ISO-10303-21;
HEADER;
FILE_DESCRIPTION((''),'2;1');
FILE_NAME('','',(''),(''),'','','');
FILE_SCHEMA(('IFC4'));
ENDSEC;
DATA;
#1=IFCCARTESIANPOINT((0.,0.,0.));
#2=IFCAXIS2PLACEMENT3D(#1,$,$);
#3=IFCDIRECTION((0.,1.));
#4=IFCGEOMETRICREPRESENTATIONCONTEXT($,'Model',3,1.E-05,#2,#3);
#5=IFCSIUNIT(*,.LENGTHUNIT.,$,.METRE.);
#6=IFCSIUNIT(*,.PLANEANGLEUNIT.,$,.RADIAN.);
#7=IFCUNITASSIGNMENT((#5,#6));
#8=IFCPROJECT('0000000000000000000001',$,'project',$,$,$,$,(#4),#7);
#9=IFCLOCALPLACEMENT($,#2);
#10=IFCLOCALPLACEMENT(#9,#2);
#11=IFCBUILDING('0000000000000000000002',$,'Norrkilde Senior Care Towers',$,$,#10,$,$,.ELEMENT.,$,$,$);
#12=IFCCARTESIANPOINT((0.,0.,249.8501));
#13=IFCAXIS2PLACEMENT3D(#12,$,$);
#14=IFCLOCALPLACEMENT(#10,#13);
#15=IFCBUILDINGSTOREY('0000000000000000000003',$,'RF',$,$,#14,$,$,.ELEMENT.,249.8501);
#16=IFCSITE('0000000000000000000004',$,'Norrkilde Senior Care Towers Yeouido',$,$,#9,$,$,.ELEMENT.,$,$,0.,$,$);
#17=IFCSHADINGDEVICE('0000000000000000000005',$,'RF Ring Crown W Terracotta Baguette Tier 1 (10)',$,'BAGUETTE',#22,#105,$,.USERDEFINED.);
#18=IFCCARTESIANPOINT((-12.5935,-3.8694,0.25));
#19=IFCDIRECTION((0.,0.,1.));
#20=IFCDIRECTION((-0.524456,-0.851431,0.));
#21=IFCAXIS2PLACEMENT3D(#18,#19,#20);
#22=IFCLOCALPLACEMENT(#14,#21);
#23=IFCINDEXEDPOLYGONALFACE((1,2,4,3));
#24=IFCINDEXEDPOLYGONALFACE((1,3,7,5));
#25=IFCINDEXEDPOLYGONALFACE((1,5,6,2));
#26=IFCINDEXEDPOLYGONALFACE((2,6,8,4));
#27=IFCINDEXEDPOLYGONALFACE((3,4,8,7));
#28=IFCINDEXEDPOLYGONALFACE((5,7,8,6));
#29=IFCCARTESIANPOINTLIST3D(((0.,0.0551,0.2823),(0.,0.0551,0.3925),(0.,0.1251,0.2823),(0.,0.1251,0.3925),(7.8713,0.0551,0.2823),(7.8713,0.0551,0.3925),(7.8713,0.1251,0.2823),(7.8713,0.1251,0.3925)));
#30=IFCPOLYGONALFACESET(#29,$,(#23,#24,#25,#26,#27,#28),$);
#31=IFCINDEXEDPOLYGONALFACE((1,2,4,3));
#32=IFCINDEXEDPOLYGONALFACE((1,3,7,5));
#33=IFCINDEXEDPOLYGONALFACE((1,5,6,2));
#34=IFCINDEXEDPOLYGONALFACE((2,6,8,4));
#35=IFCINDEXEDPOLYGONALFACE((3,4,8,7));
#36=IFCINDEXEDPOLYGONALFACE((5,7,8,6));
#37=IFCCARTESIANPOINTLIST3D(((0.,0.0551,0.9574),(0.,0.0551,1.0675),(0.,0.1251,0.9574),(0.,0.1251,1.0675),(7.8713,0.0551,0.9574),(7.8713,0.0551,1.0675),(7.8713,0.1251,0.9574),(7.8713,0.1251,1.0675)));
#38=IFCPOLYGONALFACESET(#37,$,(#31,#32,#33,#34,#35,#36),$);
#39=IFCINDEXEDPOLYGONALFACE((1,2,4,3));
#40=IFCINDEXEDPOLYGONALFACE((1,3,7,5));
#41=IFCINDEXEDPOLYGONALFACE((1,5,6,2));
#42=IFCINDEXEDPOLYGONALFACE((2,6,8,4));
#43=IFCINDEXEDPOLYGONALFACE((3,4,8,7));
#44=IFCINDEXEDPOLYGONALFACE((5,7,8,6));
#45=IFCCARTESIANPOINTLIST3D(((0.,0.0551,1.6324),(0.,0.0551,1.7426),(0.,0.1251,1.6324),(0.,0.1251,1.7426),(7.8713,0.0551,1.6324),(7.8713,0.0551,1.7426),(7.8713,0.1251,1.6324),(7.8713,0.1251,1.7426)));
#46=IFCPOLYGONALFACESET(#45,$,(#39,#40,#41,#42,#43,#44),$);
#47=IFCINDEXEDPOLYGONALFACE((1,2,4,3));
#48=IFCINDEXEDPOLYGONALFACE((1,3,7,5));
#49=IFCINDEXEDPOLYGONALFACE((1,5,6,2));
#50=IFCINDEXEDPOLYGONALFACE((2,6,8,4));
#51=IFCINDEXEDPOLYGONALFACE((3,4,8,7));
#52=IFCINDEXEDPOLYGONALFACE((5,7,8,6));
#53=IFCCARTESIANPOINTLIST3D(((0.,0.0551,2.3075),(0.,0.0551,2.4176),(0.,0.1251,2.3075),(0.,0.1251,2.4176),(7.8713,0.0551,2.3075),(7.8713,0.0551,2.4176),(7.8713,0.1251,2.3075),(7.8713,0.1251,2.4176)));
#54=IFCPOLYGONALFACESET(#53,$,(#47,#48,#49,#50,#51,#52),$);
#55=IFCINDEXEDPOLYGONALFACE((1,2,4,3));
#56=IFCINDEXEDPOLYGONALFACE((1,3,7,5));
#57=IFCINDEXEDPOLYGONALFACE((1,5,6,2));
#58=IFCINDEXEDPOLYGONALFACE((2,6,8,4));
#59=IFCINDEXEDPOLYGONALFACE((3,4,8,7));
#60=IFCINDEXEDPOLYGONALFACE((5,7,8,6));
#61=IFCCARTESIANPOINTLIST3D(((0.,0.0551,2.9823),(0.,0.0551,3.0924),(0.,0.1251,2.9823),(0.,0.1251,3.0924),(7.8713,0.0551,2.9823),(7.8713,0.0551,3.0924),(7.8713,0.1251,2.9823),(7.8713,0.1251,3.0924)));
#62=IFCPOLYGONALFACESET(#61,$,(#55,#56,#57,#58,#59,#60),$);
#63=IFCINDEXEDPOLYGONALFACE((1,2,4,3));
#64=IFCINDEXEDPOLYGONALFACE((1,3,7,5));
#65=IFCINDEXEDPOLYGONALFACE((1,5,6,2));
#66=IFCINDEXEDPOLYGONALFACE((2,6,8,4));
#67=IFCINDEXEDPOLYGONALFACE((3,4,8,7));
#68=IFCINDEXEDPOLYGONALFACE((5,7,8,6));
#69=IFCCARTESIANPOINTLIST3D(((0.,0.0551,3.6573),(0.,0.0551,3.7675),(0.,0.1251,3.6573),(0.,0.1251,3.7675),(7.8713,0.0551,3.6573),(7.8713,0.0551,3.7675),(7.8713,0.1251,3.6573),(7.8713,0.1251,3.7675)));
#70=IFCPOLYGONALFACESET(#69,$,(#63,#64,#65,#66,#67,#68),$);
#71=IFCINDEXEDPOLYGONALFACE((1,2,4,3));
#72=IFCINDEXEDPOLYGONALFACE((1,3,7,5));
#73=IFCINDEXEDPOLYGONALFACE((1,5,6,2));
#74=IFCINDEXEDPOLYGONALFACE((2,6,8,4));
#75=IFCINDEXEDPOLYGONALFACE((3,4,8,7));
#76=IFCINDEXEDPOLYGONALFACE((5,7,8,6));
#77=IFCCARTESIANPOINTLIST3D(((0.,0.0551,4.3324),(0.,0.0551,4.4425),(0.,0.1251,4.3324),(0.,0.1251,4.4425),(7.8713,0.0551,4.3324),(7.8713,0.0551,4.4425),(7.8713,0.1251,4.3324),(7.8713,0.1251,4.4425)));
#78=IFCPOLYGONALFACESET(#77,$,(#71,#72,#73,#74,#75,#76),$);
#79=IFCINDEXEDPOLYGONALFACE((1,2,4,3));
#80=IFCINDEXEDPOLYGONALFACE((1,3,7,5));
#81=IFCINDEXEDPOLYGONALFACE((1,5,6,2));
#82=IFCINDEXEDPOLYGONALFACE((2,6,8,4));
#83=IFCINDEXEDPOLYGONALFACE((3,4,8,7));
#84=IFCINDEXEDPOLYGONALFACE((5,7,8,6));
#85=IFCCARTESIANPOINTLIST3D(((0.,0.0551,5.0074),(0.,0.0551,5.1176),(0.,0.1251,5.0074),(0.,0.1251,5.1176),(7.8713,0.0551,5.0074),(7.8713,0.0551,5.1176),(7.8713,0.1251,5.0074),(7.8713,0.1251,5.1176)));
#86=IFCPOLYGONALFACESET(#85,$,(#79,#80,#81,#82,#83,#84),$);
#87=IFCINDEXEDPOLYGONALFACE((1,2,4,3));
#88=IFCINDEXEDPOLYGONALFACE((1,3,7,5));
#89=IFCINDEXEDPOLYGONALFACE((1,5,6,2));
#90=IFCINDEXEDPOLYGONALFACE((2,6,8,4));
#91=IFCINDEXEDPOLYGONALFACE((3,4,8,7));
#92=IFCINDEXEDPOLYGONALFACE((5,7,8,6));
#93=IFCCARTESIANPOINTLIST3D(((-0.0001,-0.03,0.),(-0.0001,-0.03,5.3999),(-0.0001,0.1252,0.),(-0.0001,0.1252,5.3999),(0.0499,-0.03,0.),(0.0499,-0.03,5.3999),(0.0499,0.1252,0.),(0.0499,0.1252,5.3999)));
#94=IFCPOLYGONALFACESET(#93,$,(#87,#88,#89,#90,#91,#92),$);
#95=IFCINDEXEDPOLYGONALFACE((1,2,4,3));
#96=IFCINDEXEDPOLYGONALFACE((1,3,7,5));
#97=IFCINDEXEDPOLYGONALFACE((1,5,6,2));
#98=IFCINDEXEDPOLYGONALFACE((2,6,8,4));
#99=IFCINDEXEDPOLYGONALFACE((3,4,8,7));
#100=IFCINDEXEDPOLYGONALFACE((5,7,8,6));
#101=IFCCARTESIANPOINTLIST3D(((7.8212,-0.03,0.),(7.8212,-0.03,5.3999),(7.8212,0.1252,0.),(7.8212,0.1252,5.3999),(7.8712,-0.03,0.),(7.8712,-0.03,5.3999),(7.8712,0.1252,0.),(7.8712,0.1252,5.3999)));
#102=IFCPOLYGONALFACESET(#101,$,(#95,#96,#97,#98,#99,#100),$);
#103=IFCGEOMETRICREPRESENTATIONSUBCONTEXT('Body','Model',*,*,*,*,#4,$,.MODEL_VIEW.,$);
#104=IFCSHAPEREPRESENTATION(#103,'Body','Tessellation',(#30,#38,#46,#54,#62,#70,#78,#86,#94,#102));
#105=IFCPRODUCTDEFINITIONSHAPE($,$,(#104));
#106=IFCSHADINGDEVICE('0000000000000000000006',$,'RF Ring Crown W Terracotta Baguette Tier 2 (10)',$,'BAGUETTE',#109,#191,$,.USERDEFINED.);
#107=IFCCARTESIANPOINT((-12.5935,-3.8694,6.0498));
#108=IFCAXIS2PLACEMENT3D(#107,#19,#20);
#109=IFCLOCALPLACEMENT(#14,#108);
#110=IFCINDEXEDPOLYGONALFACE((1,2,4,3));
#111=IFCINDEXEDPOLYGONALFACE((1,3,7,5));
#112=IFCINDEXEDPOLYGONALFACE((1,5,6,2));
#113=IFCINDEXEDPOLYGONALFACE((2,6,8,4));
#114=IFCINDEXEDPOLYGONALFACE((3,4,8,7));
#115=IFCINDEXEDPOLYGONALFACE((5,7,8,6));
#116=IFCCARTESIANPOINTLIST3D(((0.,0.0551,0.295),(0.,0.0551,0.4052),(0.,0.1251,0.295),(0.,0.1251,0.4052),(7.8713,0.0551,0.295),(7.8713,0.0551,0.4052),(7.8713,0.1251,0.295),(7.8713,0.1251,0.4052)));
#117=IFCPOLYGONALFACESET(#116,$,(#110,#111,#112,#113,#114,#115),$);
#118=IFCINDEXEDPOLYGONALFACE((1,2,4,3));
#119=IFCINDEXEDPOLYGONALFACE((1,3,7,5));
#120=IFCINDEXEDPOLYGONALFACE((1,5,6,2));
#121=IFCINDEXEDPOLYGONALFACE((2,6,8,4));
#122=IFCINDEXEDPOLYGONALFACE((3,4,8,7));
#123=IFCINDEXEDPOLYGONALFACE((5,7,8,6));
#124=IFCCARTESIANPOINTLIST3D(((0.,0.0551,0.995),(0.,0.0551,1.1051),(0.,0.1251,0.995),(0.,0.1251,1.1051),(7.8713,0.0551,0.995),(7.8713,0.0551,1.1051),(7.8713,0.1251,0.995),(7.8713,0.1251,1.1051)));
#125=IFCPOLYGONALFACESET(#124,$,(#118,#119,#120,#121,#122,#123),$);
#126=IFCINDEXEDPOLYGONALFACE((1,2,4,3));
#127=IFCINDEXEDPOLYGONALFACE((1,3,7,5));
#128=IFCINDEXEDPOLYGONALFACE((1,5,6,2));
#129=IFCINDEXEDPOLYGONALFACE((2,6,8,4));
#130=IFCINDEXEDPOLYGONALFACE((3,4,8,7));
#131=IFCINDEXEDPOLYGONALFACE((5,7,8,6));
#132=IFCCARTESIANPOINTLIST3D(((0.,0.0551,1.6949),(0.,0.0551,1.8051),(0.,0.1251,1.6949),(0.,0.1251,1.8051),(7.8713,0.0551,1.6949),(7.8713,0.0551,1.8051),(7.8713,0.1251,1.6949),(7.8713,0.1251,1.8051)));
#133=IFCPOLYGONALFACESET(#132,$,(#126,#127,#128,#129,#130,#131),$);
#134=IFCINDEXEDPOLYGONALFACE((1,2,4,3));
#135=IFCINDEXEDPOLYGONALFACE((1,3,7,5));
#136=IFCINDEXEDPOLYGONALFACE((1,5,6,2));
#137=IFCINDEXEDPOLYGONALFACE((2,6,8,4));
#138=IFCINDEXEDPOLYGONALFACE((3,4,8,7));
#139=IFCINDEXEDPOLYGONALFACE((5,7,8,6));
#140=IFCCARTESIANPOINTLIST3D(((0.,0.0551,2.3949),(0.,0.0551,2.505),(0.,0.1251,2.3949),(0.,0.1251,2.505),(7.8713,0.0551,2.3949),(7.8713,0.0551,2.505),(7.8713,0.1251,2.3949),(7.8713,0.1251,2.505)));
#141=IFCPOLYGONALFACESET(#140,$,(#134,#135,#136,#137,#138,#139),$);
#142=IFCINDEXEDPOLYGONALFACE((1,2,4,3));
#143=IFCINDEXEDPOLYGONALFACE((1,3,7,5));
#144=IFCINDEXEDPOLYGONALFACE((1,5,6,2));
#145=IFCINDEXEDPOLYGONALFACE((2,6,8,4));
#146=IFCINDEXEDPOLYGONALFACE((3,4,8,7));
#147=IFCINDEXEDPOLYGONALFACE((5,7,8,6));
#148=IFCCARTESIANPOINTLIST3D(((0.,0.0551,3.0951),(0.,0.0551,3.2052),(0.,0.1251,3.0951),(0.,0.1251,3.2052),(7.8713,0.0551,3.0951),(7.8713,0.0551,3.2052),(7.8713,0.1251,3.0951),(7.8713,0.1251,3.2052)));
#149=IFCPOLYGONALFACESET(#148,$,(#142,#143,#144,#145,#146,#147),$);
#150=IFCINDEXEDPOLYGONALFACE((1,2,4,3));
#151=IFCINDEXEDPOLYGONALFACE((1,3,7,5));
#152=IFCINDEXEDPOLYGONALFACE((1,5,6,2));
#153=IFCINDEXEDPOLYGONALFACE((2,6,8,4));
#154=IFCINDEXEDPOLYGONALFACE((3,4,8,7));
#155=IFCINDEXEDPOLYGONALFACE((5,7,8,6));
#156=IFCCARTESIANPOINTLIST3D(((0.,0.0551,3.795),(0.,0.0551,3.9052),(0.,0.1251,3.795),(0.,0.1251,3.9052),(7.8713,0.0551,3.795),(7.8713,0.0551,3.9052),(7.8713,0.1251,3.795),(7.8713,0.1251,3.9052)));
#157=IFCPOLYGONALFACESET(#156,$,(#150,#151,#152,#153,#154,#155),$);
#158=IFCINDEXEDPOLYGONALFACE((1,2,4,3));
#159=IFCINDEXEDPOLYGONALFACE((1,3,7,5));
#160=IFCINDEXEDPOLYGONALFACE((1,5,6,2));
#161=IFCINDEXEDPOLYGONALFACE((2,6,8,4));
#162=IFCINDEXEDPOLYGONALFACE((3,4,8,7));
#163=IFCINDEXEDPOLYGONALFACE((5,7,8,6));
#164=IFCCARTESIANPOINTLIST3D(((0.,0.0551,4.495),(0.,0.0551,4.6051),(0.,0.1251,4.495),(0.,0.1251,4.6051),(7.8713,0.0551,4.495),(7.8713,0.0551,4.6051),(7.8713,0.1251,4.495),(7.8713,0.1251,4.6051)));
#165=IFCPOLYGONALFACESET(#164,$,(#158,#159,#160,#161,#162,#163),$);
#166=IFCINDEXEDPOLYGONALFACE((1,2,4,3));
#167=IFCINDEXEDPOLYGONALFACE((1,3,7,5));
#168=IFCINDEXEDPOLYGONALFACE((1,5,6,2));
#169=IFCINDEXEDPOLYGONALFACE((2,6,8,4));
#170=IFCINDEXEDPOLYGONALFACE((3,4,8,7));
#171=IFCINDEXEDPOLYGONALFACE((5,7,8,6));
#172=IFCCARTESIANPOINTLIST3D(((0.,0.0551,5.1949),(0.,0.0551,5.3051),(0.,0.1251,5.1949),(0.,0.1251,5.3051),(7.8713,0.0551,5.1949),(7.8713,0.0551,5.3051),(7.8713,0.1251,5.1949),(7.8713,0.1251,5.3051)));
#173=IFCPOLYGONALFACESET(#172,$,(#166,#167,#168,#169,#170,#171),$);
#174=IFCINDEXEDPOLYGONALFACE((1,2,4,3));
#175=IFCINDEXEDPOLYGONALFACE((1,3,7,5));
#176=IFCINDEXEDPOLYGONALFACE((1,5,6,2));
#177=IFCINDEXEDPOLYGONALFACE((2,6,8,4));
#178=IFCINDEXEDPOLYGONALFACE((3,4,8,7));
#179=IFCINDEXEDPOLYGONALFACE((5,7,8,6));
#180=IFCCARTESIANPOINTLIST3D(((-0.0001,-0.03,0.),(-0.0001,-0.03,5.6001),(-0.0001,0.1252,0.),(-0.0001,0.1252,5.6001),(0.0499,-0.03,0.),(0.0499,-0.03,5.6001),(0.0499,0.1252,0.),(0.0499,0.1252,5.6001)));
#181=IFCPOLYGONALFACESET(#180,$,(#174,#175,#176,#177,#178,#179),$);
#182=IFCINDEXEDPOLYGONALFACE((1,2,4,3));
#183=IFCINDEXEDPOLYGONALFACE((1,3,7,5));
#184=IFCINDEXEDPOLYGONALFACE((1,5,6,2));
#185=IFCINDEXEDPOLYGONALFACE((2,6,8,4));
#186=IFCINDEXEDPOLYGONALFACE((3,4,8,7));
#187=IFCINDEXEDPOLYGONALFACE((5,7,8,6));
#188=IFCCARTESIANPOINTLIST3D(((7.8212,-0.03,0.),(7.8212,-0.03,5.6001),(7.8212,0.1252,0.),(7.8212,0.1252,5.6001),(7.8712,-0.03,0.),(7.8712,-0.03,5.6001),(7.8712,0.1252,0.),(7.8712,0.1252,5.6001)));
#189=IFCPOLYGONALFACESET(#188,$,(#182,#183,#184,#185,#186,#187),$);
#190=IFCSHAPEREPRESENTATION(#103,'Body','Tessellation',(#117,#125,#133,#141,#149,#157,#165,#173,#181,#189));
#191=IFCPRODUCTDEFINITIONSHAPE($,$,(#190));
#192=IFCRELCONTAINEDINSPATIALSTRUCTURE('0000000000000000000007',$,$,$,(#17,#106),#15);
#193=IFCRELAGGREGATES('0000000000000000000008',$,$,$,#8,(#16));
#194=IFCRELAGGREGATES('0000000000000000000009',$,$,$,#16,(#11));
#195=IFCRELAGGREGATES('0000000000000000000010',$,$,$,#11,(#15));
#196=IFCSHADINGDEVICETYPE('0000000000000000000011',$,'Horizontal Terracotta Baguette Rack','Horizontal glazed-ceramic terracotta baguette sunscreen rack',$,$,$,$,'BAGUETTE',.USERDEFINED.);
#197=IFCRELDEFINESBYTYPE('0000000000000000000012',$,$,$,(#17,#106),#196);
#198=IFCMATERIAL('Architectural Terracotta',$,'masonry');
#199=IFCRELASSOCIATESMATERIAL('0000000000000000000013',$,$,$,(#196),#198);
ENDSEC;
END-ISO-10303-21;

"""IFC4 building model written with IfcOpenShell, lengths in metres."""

from ifc_helpers import new_model, si_unit, direction, frame, origin, origin_2d, place, context, subcontext, project, spatial, rectangle, extrude, source, transform, mapped, material, type_object, element, save


model = new_model("IFC4")

# Units and contexts
model_context = context("Model", 3, precision=1e-05, world=origin(), true_north=direction((0.0, 1.0)))
body_context = subcontext(model_context, "Body", "Model", "MODEL_VIEW")
ifc_project = project(units=[si_unit("LENGTHUNIT", "METRE"), si_unit("PLANEANGLEUNIT", "RADIAN")], contexts=[model_context])

# Site, building, storey
site_placement = place(None, origin())
site = spatial("IfcSite", under=ifc_project, at=site_placement, Name="Norrkilde Senior Care Towers Yeouido", CompositionType="ELEMENT", RefElevation=0.0)
building_placement = place(site_placement, origin())
building = spatial("IfcBuilding", under=site, at=building_placement, Name="Norrkilde Senior Care Towers", CompositionType="ELEMENT")
storey_placement = place(building_placement, frame((0.0, 0.0, 249.8501)))
storey = spatial("IfcBuildingStorey", under=building, at=storey_placement, Name="RF", CompositionType="ELEMENT", Elevation=249.8501)

# Shared definitions
ifc_material_1 = material(Name="Architectural Terracotta", Category="masonry")

# Shading devices
shading_device_type = type_object("IfcShadingDeviceType", Name="Horizontal Terracotta Baguette Rack", Description="Horizontal glazed-ceramic terracotta baguette sunscreen rack", ElementType="BAGUETTE", PredefinedType="USERDEFINED", material=ifc_material_1)
shared_shape_1 = source(origin(), body_context, "Body", "SweptSolid", [
    extrude(rectangle(XDim=0.0701, YDim=0.1101, at=origin_2d()), frame((0.0, 0.0901, 0.3374), z_axis=(1.0, 0.0, 0.0), x_axis=(0.0, 1.0, 0.0)), (0.0, 0.0, 1.0), 7.8713),
    extrude(rectangle(XDim=0.0701, YDim=0.1101, at=origin_2d()), frame((0.0, 0.0901, 1.0125), z_axis=(1.0, 0.0, 0.0), x_axis=(0.0, 1.0, 0.0)), (0.0, 0.0, 1.0), 7.8713),
    extrude(rectangle(XDim=0.0701, YDim=0.1101, at=origin_2d()), frame((0.0, 0.0901, 1.6875), z_axis=(1.0, 0.0, 0.0), x_axis=(0.0, 1.0, 0.0)), (0.0, 0.0, 1.0), 7.8713),
    extrude(rectangle(XDim=0.0701, YDim=0.1101, at=origin_2d()), frame((0.0, 0.0901, 2.3625), z_axis=(1.0, 0.0, 0.0), x_axis=(0.0, 1.0, 0.0)), (0.0, 0.0, 1.0), 7.8713),
    extrude(rectangle(XDim=0.0701, YDim=0.1101, at=origin_2d()), frame((0.0, 0.0901, 3.0374), z_axis=(1.0, 0.0, 0.0), x_axis=(0.0, 1.0, 0.0)), (0.0, 0.0, 1.0), 7.8713),
    extrude(rectangle(XDim=0.0701, YDim=0.1101, at=origin_2d()), frame((0.0, 0.0901, 3.7124), z_axis=(1.0, 0.0, 0.0), x_axis=(0.0, 1.0, 0.0)), (0.0, 0.0, 1.0), 7.8713),
    extrude(rectangle(XDim=0.0701, YDim=0.1101, at=origin_2d()), frame((0.0, 0.0901, 4.3875), z_axis=(1.0, 0.0, 0.0), x_axis=(0.0, 1.0, 0.0)), (0.0, 0.0, 1.0), 7.8713),
    extrude(rectangle(XDim=0.0701, YDim=0.1101, at=origin_2d()), frame((0.0, 0.0901, 5.0625), z_axis=(1.0, 0.0, 0.0), x_axis=(0.0, 1.0, 0.0)), (0.0, 0.0, 1.0), 7.8713),
    extrude(rectangle(XDim=0.05, YDim=0.1553, at=origin_2d()), frame((0.0249, 0.0476, 0.0)), (0.0, 0.0, 1.0), 5.3999),
    extrude(rectangle(XDim=0.05, YDim=0.1553, at=origin_2d()), frame((7.8462, 0.0476, 0.0)), (0.0, 0.0, 1.0), 5.3999),
])
shading_device_1_placement = place(storey_placement, frame((-12.5935, -3.8694, 0.25), z_axis=(0.0, 0.0, 1.0), x_axis=(-0.524456, -0.851431, 0.0)))
element("IfcShadingDevice", 1, at=shading_device_1_placement, inside=storey, type_object=shading_device_type, Name="RF Ring Crown W Terracotta Baguette Tier 1 (10)", ObjectType="BAGUETTE", PredefinedType="USERDEFINED", context=body_context, shape_type="MappedRepresentation", body=[
    mapped(shared_shape_1, transform((0.0, 0.0, 0.0), x_axis=(1.0, 0.0, 0.0), y_axis=(0.0, 1.0, 0.0), z_axis=(0.0, 0.0, 1.0), scale=1.0)),
])
shared_shape_2 = source(origin(), body_context, "Body", "SweptSolid", [
    extrude(rectangle(XDim=0.0701, YDim=0.1101, at=origin_2d()), frame((0.0, 0.0901, 0.3501), z_axis=(1.0, 0.0, 0.0), x_axis=(0.0, 1.0, 0.0)), (0.0, 0.0, 1.0), 7.8713),
    extrude(rectangle(XDim=0.0701, YDim=0.1101, at=origin_2d()), frame((0.0, 0.0901, 1.05), z_axis=(1.0, 0.0, 0.0), x_axis=(0.0, 1.0, 0.0)), (0.0, 0.0, 1.0), 7.8713),
    extrude(rectangle(XDim=0.0701, YDim=0.1101, at=origin_2d()), frame((0.0, 0.0901, 1.75), z_axis=(1.0, 0.0, 0.0), x_axis=(0.0, 1.0, 0.0)), (0.0, 0.0, 1.0), 7.8713),
    extrude(rectangle(XDim=0.0701, YDim=0.1101, at=origin_2d()), frame((0.0, 0.0901, 2.45), z_axis=(1.0, 0.0, 0.0), x_axis=(0.0, 1.0, 0.0)), (0.0, 0.0, 1.0), 7.8713),
    extrude(rectangle(XDim=0.0701, YDim=0.1101, at=origin_2d()), frame((0.0, 0.0901, 3.1501), z_axis=(1.0, 0.0, 0.0), x_axis=(0.0, 1.0, 0.0)), (0.0, 0.0, 1.0), 7.8713),
    extrude(rectangle(XDim=0.0701, YDim=0.1101, at=origin_2d()), frame((0.0, 0.0901, 3.8501), z_axis=(1.0, 0.0, 0.0), x_axis=(0.0, 1.0, 0.0)), (0.0, 0.0, 1.0), 7.8713),
    extrude(rectangle(XDim=0.0701, YDim=0.1101, at=origin_2d()), frame((0.0, 0.0901, 4.55), z_axis=(1.0, 0.0, 0.0), x_axis=(0.0, 1.0, 0.0)), (0.0, 0.0, 1.0), 7.8713),
    extrude(rectangle(XDim=0.0701, YDim=0.1101, at=origin_2d()), frame((0.0, 0.0901, 5.25), z_axis=(1.0, 0.0, 0.0), x_axis=(0.0, 1.0, 0.0)), (0.0, 0.0, 1.0), 7.8713),
    extrude(rectangle(XDim=0.05, YDim=0.1553, at=origin_2d()), frame((0.0249, 0.0476, 0.0)), (0.0, 0.0, 1.0), 5.6001),
    extrude(rectangle(XDim=0.05, YDim=0.1553, at=origin_2d()), frame((7.8462, 0.0476, 0.0)), (0.0, 0.0, 1.0), 5.6001),
])
shading_device_2_placement = place(storey_placement, frame((-12.5935, -3.8694, 6.0498), z_axis=(0.0, 0.0, 1.0), x_axis=(-0.524456, -0.851431, 0.0)))
element("IfcShadingDevice", 2, at=shading_device_2_placement, inside=storey, type_object=shading_device_type, Name="RF Ring Crown W Terracotta Baguette Tier 2 (10)", ObjectType="BAGUETTE", PredefinedType="USERDEFINED", context=body_context, shape_type="MappedRepresentation", body=[
    mapped(shared_shape_2, transform((0.0, 0.0, 0.0), x_axis=(1.0, 0.0, 0.0), y_axis=(0.0, 1.0, 0.0), z_axis=(0.0, 0.0, 1.0), scale=1.0)),
])

save(model, "model.ifc")
